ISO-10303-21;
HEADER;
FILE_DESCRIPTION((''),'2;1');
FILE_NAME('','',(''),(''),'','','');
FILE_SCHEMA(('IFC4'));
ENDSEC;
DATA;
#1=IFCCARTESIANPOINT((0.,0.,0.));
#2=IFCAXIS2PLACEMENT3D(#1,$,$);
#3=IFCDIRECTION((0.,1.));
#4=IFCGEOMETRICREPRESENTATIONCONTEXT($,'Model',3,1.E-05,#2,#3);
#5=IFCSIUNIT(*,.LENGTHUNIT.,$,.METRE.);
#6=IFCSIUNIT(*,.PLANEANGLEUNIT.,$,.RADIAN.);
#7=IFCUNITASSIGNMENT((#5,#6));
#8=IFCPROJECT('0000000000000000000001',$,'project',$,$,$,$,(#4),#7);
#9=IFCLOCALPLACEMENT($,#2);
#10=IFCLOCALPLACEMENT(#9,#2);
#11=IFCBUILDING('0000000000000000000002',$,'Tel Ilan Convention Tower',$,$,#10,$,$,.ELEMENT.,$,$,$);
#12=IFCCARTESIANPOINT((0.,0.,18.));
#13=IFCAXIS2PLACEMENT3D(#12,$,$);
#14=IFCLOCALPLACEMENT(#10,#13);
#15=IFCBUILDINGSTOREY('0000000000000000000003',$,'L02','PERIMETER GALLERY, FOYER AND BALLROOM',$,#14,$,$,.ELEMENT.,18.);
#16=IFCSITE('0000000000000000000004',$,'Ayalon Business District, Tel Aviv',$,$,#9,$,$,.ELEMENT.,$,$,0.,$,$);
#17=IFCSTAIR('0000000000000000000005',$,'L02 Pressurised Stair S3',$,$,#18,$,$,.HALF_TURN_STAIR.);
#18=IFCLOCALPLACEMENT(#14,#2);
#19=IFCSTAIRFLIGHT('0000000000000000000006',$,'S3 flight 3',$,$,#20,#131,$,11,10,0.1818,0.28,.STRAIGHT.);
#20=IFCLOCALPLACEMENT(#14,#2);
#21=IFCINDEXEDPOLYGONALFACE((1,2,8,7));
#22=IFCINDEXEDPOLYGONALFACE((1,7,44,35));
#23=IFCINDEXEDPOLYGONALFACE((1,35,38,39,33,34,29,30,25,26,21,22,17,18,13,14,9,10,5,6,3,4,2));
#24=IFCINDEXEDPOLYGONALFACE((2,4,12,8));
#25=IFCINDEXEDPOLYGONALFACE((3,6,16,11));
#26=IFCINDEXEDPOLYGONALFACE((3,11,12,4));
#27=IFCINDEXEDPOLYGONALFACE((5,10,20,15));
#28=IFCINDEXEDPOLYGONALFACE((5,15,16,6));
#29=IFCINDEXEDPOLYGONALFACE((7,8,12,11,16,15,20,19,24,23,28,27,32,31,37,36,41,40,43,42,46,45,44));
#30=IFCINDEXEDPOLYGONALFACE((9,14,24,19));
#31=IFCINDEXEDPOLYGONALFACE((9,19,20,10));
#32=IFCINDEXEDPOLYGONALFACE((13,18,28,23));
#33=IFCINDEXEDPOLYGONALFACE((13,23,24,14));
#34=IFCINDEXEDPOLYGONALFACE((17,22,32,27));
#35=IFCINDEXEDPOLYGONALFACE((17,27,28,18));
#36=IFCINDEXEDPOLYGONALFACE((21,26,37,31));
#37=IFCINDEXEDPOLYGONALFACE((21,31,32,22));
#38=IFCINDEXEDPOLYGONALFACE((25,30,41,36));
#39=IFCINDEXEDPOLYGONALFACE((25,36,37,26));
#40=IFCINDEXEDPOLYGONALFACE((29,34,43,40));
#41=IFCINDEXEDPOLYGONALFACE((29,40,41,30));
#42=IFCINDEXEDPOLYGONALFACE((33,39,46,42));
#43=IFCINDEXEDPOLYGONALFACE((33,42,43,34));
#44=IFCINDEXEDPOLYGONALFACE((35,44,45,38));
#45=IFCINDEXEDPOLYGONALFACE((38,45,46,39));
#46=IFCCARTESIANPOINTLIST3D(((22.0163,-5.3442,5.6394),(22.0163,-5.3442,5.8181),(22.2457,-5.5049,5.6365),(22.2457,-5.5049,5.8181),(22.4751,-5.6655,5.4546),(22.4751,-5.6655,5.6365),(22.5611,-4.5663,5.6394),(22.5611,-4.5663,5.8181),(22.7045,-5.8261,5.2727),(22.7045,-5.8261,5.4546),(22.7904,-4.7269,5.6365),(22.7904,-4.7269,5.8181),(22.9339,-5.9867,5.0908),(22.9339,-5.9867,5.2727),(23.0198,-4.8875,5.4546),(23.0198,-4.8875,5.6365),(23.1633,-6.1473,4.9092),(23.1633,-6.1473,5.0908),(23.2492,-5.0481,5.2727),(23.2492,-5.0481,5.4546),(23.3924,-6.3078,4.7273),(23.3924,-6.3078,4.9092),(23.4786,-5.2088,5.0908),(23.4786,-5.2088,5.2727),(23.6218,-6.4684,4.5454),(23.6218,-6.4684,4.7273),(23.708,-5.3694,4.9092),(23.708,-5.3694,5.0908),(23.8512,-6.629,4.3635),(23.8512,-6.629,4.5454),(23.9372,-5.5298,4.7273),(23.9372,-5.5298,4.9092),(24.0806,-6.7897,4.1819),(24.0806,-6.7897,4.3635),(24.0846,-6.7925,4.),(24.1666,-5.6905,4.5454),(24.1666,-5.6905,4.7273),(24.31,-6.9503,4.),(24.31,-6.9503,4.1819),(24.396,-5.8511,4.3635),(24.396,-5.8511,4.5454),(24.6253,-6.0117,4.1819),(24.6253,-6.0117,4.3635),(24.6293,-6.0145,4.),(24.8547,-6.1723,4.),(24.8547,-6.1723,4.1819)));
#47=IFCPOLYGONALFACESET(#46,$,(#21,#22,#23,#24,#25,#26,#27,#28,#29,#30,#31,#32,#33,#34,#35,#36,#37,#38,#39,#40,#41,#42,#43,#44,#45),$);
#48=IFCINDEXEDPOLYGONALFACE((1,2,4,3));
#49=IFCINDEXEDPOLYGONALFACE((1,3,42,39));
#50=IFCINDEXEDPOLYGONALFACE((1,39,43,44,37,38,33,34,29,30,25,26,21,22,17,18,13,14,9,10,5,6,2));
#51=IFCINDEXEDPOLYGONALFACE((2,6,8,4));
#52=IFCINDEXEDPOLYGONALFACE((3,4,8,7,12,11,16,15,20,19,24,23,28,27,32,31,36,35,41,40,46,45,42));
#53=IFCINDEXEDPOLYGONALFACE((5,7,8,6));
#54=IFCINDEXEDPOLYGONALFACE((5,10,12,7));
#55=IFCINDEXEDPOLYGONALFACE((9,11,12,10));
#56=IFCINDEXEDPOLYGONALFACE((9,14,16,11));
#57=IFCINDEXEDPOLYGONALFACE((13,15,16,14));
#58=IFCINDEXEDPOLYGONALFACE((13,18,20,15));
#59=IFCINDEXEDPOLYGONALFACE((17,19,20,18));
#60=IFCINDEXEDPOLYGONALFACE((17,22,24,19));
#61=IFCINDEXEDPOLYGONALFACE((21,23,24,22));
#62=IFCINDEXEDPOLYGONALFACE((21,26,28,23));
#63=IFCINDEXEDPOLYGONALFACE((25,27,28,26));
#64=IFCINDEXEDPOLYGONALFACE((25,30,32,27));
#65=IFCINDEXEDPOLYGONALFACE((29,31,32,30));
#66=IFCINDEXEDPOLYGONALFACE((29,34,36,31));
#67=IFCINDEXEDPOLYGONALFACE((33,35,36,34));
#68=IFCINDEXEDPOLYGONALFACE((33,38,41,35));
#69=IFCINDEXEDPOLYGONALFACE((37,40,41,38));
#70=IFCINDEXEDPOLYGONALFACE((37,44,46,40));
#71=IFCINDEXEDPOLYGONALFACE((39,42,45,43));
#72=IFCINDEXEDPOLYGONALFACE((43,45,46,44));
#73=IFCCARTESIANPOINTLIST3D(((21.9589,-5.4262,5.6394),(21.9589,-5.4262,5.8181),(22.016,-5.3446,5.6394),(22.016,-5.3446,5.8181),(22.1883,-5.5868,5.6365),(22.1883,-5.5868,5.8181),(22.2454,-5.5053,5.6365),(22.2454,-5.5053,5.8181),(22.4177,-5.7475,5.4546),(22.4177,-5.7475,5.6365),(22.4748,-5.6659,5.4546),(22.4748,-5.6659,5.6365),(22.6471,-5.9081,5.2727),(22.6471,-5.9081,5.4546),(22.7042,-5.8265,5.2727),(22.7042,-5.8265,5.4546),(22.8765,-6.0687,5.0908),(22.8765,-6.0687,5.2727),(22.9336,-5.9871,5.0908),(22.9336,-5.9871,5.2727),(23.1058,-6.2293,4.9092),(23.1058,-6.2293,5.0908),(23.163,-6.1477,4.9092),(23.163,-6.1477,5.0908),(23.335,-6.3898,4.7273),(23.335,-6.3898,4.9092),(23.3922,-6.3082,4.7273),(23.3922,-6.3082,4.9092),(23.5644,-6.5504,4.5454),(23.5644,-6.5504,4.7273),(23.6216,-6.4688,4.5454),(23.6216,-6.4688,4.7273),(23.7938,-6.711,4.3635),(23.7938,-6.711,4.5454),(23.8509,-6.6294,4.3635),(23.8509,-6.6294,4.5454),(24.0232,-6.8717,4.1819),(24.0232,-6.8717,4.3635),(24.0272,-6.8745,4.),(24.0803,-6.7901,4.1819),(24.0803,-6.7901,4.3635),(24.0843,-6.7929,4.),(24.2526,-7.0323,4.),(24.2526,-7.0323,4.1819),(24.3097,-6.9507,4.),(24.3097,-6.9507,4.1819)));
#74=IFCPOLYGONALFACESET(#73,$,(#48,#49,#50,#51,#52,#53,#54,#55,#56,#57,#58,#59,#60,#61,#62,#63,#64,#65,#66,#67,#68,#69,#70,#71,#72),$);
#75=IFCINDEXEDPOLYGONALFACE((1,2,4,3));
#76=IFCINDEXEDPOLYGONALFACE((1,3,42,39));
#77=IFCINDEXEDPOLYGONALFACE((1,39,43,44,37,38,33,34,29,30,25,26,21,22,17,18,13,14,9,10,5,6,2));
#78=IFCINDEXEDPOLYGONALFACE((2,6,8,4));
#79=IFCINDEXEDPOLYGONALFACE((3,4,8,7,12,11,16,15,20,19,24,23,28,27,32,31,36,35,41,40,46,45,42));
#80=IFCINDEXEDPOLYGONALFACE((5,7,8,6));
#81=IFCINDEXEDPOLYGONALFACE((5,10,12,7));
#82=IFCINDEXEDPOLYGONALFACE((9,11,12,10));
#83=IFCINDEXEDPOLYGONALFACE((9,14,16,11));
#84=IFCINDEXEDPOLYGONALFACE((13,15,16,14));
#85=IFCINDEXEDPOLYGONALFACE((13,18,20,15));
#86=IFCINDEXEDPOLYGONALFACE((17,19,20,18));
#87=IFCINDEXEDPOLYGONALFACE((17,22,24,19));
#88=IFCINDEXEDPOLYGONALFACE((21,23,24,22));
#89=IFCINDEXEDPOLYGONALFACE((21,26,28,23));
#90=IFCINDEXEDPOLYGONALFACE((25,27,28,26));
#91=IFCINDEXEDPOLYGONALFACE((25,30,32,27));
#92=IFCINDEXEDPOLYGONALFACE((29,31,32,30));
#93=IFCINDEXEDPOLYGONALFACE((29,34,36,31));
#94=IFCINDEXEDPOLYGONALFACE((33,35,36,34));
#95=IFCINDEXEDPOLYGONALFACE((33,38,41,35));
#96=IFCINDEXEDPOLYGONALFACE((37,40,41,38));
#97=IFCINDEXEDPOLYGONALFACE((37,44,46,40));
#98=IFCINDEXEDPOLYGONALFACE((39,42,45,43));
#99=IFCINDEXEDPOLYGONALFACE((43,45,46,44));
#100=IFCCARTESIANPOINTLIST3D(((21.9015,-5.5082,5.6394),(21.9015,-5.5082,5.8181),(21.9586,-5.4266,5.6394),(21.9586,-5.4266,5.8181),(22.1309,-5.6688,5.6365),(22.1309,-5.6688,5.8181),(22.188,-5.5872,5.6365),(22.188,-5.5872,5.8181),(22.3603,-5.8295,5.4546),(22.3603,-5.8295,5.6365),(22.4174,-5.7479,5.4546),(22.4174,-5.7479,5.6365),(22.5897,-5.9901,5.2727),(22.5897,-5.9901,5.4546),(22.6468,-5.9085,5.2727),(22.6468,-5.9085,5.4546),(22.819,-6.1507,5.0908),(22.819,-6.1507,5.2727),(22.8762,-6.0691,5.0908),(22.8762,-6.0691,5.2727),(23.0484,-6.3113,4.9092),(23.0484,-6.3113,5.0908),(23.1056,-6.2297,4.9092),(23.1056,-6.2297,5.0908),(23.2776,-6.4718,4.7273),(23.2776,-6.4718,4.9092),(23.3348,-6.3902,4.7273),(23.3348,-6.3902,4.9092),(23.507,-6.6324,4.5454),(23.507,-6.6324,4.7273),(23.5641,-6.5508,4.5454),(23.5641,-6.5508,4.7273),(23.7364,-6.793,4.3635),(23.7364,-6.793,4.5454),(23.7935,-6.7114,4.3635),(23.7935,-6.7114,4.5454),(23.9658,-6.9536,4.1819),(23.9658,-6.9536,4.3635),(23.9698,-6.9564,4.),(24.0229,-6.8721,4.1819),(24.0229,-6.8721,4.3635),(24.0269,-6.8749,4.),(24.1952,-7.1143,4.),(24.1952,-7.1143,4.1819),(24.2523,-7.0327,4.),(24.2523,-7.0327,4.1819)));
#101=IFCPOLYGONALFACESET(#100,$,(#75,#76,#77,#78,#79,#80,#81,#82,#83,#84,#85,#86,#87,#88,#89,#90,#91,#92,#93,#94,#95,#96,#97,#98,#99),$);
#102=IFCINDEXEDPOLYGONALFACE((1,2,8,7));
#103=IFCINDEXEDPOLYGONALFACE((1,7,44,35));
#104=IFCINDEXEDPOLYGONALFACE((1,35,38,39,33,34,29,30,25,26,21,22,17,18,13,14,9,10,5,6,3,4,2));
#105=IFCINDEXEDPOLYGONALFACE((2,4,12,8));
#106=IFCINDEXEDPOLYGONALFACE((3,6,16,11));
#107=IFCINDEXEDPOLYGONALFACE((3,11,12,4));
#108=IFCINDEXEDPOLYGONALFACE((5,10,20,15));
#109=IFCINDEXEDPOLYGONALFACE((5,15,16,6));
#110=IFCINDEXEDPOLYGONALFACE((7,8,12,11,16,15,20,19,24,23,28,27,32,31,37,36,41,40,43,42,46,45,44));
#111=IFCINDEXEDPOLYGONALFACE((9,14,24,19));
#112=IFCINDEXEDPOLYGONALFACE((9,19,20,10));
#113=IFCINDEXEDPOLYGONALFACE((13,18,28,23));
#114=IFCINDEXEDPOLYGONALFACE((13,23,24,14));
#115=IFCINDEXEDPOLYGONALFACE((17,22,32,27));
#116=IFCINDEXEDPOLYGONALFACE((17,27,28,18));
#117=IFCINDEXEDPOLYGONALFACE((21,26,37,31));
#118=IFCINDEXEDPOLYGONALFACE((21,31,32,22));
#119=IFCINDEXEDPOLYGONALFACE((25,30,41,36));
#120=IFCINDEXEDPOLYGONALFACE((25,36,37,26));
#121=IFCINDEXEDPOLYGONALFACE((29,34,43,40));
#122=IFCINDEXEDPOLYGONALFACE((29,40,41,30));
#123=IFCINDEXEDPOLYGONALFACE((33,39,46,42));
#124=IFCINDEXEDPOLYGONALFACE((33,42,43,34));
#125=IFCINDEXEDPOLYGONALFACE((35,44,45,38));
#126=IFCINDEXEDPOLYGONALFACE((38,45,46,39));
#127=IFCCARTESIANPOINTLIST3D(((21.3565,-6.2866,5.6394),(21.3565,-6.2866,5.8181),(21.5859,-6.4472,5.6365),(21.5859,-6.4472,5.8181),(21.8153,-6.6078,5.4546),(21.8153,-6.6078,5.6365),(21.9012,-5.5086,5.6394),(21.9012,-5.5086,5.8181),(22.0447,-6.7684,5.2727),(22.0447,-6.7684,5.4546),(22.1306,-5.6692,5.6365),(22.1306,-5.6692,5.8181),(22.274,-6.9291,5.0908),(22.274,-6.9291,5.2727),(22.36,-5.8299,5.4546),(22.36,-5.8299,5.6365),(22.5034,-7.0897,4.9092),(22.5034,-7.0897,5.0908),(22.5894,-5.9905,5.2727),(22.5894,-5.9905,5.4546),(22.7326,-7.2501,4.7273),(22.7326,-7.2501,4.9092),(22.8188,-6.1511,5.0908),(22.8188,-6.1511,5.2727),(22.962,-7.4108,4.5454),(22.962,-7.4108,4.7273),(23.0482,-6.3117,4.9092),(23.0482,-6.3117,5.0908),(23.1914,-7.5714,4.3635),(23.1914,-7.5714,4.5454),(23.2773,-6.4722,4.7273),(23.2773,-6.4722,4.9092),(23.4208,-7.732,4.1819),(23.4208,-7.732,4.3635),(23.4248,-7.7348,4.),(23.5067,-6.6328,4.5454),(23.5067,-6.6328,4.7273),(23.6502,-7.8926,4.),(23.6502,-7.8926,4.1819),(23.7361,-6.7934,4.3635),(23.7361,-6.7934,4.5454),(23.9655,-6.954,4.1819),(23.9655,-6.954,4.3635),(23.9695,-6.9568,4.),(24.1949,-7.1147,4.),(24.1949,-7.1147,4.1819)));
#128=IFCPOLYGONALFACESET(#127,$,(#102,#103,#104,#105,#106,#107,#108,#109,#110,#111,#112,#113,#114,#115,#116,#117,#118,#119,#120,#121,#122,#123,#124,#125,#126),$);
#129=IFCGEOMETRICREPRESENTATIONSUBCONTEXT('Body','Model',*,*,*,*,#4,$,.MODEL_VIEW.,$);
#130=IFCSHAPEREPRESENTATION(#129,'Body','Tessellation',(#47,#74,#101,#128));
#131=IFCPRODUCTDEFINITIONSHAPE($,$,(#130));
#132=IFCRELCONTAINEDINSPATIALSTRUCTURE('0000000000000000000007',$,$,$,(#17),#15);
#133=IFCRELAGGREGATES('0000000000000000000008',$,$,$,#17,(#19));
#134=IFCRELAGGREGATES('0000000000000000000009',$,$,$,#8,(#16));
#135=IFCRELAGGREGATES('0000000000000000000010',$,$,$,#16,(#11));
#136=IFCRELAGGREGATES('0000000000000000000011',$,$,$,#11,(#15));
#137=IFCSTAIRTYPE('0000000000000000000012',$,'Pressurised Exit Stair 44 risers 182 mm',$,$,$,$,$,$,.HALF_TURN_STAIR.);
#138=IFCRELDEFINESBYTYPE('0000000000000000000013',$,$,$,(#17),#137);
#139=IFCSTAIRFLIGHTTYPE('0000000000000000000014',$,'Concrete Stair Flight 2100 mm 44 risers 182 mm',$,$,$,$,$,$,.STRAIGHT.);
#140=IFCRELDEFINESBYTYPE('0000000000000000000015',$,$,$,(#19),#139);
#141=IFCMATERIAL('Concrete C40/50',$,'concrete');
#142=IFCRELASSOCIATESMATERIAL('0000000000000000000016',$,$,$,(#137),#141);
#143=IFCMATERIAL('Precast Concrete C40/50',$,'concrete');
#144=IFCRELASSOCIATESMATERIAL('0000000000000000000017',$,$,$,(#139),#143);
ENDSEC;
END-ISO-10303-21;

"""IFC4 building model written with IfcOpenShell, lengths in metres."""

from ifc_helpers import new_model, si_unit, direction, frame, origin, place, context, subcontext, project, spatial, polyline, outline, extrude, material, type_object, element, aggregate, save


model = new_model("IFC4")

# Units and contexts
model_context = context("Model", 3, precision=1e-05, world=origin(), true_north=direction((0.0, 1.0)))
body_context = subcontext(model_context, "Body", "Model", "MODEL_VIEW")
ifc_project = project(units=[si_unit("LENGTHUNIT", "METRE"), si_unit("PLANEANGLEUNIT", "RADIAN")], contexts=[model_context])

# Site, building, storey
site_placement = place(None, origin())
site = spatial("IfcSite", under=ifc_project, at=site_placement, Name="Ayalon Business District, Tel Aviv", CompositionType="ELEMENT", RefElevation=0.0)
building_placement = place(site_placement, origin())
building = spatial("IfcBuilding", under=site, at=building_placement, Name="Tel Ilan Convention Tower", CompositionType="ELEMENT")
storey_placement = place(building_placement, frame((0.0, 0.0, 18.0)))
storey = spatial("IfcBuildingStorey", under=building, at=storey_placement, Name="L02", Description="PERIMETER GALLERY, FOYER AND BALLROOM", CompositionType="ELEMENT", Elevation=18.0)

# Stair, stair flight
ifc_material_1 = material(Name="Concrete C40/50", Category="concrete")
stair_type = type_object("IfcStairType", Name="Pressurised Exit Stair 44 risers 182 mm", PredefinedType="HALF_TURN_STAIR", material=ifc_material_1)
stair_placement = place(storey_placement, origin())
stair = element("IfcStair", 1, at=stair_placement, inside=storey, type_object=stair_type, Name="L02 Pressurised Stair S3", PredefinedType="HALF_TURN_STAIR")
ifc_material_2 = material(Name="Precast Concrete C40/50", Category="concrete")
stair_flight_type = type_object("IfcStairFlightType", Name="Concrete Stair Flight 2100 mm 44 risers 182 mm", PredefinedType="STRAIGHT", material=ifc_material_2)
stair_flight_1_placement = place(storey_placement, frame((24.2524, -7.0325, 4.0), z_axis=(0.0, 0.0, 1.0), x_axis=(-0.819152, 0.573576, 0.0)))
stair_flight_1 = element("IfcStairFlight", 2, at=stair_flight_1_placement, type_object=stair_flight_type, Name="S3 flight 3", NumberOfRisers=11, NumberOfTreads=10, PredefinedType="STRAIGHT", RiserHeight=0.1818, TreadLength=0.28, context=body_context, shape_type="SweptSolid", body=[
    extrude(outline(polyline([(0.0, 0.0), (0.0, 0.1819), (0.28, 0.1819), (0.28, 0.3635), (0.5601, 0.3635), (0.5601, 0.5454), (0.8401, 0.5454), (0.8401, 0.7273), (1.1201, 0.7273), (1.1201, 0.9092), (1.3999, 0.9092), (1.3999, 1.0908), (1.6799, 1.0908), (1.6799, 1.2727), (1.96, 1.2727), (1.96, 1.4546), (2.24, 1.4546), (2.24, 1.6365), (2.52, 1.6365), (2.52, 1.8181), (2.8, 1.8181), (2.8, 2.0), (2.8, 1.6394), (0.2751, 0.0), (0.0, 0.0)])), frame((0.0, -0.1003, 0.0), z_axis=(0.0, -1.0, 0.0), x_axis=(1.0, 0.0, 0.0)), (0.0, 0.0, 1.0), 0.9497),
    extrude(outline(polyline([(0.0, 0.0), (0.0, 0.1819), (0.28, 0.1819), (0.28, 0.3635), (0.5601, 0.3635), (0.5601, 0.5454), (0.8401, 0.5454), (0.8401, 0.7273), (1.1201, 0.7273), (1.1201, 0.9092), (1.3999, 0.9092), (1.3999, 1.0908), (1.6799, 1.0908), (1.6799, 1.2727), (1.96, 1.2727), (1.96, 1.4546), (2.24, 1.4546), (2.24, 1.6365), (2.52, 1.6365), (2.52, 1.8181), (2.8, 1.8181), (2.8, 2.0), (2.8, 1.6394), (0.2751, 0.0), (0.0, 0.0)])), frame((0.0, -0.0002, 0.0), z_axis=(0.0, -1.0, 0.0), x_axis=(1.0, 0.0, 0.0)), (0.0, 0.0, 1.0), 0.0996),
    extrude(outline(polyline([(0.0, 0.0), (0.0, 0.1819), (0.28, 0.1819), (0.28, 0.3635), (0.5601, 0.3635), (0.5601, 0.5454), (0.8401, 0.5454), (0.8401, 0.7273), (1.1201, 0.7273), (1.1201, 0.9092), (1.3999, 0.9092), (1.3999, 1.0908), (1.6799, 1.0908), (1.6799, 1.2727), (1.96, 1.2727), (1.96, 1.4546), (2.24, 1.4546), (2.24, 1.6365), (2.52, 1.6365), (2.52, 1.8181), (2.8, 1.8181), (2.8, 2.0), (2.8, 1.6394), (0.2751, 0.0), (0.0, 0.0)])), frame((0.0, 0.0999, 0.0), z_axis=(0.0, -1.0, 0.0), x_axis=(1.0, 0.0, 0.0)), (0.0, 0.0, 1.0), 0.0996),
    extrude(outline(polyline([(0.0, 0.0), (0.0, 0.1819), (0.28, 0.1819), (0.28, 0.3635), (0.5601, 0.3635), (0.5601, 0.5454), (0.8401, 0.5454), (0.8401, 0.7273), (1.1201, 0.7273), (1.1201, 0.9092), (1.3999, 0.9092), (1.3999, 1.0908), (1.6799, 1.0908), (1.6799, 1.2727), (1.96, 1.2727), (1.96, 1.4546), (2.24, 1.4546), (2.24, 1.6365), (2.52, 1.6365), (2.52, 1.8181), (2.8, 1.8181), (2.8, 2.0), (2.8, 1.6394), (0.2751, 0.0), (0.0, 0.0)])), frame((0.0, 1.05, 0.0), z_axis=(0.0, -1.0, 0.0), x_axis=(1.0, 0.0, 0.0)), (0.0, 0.0, 1.0), 0.9497),
])
aggregate(stair, [stair_flight_1])

save(model, "model.ifc")
